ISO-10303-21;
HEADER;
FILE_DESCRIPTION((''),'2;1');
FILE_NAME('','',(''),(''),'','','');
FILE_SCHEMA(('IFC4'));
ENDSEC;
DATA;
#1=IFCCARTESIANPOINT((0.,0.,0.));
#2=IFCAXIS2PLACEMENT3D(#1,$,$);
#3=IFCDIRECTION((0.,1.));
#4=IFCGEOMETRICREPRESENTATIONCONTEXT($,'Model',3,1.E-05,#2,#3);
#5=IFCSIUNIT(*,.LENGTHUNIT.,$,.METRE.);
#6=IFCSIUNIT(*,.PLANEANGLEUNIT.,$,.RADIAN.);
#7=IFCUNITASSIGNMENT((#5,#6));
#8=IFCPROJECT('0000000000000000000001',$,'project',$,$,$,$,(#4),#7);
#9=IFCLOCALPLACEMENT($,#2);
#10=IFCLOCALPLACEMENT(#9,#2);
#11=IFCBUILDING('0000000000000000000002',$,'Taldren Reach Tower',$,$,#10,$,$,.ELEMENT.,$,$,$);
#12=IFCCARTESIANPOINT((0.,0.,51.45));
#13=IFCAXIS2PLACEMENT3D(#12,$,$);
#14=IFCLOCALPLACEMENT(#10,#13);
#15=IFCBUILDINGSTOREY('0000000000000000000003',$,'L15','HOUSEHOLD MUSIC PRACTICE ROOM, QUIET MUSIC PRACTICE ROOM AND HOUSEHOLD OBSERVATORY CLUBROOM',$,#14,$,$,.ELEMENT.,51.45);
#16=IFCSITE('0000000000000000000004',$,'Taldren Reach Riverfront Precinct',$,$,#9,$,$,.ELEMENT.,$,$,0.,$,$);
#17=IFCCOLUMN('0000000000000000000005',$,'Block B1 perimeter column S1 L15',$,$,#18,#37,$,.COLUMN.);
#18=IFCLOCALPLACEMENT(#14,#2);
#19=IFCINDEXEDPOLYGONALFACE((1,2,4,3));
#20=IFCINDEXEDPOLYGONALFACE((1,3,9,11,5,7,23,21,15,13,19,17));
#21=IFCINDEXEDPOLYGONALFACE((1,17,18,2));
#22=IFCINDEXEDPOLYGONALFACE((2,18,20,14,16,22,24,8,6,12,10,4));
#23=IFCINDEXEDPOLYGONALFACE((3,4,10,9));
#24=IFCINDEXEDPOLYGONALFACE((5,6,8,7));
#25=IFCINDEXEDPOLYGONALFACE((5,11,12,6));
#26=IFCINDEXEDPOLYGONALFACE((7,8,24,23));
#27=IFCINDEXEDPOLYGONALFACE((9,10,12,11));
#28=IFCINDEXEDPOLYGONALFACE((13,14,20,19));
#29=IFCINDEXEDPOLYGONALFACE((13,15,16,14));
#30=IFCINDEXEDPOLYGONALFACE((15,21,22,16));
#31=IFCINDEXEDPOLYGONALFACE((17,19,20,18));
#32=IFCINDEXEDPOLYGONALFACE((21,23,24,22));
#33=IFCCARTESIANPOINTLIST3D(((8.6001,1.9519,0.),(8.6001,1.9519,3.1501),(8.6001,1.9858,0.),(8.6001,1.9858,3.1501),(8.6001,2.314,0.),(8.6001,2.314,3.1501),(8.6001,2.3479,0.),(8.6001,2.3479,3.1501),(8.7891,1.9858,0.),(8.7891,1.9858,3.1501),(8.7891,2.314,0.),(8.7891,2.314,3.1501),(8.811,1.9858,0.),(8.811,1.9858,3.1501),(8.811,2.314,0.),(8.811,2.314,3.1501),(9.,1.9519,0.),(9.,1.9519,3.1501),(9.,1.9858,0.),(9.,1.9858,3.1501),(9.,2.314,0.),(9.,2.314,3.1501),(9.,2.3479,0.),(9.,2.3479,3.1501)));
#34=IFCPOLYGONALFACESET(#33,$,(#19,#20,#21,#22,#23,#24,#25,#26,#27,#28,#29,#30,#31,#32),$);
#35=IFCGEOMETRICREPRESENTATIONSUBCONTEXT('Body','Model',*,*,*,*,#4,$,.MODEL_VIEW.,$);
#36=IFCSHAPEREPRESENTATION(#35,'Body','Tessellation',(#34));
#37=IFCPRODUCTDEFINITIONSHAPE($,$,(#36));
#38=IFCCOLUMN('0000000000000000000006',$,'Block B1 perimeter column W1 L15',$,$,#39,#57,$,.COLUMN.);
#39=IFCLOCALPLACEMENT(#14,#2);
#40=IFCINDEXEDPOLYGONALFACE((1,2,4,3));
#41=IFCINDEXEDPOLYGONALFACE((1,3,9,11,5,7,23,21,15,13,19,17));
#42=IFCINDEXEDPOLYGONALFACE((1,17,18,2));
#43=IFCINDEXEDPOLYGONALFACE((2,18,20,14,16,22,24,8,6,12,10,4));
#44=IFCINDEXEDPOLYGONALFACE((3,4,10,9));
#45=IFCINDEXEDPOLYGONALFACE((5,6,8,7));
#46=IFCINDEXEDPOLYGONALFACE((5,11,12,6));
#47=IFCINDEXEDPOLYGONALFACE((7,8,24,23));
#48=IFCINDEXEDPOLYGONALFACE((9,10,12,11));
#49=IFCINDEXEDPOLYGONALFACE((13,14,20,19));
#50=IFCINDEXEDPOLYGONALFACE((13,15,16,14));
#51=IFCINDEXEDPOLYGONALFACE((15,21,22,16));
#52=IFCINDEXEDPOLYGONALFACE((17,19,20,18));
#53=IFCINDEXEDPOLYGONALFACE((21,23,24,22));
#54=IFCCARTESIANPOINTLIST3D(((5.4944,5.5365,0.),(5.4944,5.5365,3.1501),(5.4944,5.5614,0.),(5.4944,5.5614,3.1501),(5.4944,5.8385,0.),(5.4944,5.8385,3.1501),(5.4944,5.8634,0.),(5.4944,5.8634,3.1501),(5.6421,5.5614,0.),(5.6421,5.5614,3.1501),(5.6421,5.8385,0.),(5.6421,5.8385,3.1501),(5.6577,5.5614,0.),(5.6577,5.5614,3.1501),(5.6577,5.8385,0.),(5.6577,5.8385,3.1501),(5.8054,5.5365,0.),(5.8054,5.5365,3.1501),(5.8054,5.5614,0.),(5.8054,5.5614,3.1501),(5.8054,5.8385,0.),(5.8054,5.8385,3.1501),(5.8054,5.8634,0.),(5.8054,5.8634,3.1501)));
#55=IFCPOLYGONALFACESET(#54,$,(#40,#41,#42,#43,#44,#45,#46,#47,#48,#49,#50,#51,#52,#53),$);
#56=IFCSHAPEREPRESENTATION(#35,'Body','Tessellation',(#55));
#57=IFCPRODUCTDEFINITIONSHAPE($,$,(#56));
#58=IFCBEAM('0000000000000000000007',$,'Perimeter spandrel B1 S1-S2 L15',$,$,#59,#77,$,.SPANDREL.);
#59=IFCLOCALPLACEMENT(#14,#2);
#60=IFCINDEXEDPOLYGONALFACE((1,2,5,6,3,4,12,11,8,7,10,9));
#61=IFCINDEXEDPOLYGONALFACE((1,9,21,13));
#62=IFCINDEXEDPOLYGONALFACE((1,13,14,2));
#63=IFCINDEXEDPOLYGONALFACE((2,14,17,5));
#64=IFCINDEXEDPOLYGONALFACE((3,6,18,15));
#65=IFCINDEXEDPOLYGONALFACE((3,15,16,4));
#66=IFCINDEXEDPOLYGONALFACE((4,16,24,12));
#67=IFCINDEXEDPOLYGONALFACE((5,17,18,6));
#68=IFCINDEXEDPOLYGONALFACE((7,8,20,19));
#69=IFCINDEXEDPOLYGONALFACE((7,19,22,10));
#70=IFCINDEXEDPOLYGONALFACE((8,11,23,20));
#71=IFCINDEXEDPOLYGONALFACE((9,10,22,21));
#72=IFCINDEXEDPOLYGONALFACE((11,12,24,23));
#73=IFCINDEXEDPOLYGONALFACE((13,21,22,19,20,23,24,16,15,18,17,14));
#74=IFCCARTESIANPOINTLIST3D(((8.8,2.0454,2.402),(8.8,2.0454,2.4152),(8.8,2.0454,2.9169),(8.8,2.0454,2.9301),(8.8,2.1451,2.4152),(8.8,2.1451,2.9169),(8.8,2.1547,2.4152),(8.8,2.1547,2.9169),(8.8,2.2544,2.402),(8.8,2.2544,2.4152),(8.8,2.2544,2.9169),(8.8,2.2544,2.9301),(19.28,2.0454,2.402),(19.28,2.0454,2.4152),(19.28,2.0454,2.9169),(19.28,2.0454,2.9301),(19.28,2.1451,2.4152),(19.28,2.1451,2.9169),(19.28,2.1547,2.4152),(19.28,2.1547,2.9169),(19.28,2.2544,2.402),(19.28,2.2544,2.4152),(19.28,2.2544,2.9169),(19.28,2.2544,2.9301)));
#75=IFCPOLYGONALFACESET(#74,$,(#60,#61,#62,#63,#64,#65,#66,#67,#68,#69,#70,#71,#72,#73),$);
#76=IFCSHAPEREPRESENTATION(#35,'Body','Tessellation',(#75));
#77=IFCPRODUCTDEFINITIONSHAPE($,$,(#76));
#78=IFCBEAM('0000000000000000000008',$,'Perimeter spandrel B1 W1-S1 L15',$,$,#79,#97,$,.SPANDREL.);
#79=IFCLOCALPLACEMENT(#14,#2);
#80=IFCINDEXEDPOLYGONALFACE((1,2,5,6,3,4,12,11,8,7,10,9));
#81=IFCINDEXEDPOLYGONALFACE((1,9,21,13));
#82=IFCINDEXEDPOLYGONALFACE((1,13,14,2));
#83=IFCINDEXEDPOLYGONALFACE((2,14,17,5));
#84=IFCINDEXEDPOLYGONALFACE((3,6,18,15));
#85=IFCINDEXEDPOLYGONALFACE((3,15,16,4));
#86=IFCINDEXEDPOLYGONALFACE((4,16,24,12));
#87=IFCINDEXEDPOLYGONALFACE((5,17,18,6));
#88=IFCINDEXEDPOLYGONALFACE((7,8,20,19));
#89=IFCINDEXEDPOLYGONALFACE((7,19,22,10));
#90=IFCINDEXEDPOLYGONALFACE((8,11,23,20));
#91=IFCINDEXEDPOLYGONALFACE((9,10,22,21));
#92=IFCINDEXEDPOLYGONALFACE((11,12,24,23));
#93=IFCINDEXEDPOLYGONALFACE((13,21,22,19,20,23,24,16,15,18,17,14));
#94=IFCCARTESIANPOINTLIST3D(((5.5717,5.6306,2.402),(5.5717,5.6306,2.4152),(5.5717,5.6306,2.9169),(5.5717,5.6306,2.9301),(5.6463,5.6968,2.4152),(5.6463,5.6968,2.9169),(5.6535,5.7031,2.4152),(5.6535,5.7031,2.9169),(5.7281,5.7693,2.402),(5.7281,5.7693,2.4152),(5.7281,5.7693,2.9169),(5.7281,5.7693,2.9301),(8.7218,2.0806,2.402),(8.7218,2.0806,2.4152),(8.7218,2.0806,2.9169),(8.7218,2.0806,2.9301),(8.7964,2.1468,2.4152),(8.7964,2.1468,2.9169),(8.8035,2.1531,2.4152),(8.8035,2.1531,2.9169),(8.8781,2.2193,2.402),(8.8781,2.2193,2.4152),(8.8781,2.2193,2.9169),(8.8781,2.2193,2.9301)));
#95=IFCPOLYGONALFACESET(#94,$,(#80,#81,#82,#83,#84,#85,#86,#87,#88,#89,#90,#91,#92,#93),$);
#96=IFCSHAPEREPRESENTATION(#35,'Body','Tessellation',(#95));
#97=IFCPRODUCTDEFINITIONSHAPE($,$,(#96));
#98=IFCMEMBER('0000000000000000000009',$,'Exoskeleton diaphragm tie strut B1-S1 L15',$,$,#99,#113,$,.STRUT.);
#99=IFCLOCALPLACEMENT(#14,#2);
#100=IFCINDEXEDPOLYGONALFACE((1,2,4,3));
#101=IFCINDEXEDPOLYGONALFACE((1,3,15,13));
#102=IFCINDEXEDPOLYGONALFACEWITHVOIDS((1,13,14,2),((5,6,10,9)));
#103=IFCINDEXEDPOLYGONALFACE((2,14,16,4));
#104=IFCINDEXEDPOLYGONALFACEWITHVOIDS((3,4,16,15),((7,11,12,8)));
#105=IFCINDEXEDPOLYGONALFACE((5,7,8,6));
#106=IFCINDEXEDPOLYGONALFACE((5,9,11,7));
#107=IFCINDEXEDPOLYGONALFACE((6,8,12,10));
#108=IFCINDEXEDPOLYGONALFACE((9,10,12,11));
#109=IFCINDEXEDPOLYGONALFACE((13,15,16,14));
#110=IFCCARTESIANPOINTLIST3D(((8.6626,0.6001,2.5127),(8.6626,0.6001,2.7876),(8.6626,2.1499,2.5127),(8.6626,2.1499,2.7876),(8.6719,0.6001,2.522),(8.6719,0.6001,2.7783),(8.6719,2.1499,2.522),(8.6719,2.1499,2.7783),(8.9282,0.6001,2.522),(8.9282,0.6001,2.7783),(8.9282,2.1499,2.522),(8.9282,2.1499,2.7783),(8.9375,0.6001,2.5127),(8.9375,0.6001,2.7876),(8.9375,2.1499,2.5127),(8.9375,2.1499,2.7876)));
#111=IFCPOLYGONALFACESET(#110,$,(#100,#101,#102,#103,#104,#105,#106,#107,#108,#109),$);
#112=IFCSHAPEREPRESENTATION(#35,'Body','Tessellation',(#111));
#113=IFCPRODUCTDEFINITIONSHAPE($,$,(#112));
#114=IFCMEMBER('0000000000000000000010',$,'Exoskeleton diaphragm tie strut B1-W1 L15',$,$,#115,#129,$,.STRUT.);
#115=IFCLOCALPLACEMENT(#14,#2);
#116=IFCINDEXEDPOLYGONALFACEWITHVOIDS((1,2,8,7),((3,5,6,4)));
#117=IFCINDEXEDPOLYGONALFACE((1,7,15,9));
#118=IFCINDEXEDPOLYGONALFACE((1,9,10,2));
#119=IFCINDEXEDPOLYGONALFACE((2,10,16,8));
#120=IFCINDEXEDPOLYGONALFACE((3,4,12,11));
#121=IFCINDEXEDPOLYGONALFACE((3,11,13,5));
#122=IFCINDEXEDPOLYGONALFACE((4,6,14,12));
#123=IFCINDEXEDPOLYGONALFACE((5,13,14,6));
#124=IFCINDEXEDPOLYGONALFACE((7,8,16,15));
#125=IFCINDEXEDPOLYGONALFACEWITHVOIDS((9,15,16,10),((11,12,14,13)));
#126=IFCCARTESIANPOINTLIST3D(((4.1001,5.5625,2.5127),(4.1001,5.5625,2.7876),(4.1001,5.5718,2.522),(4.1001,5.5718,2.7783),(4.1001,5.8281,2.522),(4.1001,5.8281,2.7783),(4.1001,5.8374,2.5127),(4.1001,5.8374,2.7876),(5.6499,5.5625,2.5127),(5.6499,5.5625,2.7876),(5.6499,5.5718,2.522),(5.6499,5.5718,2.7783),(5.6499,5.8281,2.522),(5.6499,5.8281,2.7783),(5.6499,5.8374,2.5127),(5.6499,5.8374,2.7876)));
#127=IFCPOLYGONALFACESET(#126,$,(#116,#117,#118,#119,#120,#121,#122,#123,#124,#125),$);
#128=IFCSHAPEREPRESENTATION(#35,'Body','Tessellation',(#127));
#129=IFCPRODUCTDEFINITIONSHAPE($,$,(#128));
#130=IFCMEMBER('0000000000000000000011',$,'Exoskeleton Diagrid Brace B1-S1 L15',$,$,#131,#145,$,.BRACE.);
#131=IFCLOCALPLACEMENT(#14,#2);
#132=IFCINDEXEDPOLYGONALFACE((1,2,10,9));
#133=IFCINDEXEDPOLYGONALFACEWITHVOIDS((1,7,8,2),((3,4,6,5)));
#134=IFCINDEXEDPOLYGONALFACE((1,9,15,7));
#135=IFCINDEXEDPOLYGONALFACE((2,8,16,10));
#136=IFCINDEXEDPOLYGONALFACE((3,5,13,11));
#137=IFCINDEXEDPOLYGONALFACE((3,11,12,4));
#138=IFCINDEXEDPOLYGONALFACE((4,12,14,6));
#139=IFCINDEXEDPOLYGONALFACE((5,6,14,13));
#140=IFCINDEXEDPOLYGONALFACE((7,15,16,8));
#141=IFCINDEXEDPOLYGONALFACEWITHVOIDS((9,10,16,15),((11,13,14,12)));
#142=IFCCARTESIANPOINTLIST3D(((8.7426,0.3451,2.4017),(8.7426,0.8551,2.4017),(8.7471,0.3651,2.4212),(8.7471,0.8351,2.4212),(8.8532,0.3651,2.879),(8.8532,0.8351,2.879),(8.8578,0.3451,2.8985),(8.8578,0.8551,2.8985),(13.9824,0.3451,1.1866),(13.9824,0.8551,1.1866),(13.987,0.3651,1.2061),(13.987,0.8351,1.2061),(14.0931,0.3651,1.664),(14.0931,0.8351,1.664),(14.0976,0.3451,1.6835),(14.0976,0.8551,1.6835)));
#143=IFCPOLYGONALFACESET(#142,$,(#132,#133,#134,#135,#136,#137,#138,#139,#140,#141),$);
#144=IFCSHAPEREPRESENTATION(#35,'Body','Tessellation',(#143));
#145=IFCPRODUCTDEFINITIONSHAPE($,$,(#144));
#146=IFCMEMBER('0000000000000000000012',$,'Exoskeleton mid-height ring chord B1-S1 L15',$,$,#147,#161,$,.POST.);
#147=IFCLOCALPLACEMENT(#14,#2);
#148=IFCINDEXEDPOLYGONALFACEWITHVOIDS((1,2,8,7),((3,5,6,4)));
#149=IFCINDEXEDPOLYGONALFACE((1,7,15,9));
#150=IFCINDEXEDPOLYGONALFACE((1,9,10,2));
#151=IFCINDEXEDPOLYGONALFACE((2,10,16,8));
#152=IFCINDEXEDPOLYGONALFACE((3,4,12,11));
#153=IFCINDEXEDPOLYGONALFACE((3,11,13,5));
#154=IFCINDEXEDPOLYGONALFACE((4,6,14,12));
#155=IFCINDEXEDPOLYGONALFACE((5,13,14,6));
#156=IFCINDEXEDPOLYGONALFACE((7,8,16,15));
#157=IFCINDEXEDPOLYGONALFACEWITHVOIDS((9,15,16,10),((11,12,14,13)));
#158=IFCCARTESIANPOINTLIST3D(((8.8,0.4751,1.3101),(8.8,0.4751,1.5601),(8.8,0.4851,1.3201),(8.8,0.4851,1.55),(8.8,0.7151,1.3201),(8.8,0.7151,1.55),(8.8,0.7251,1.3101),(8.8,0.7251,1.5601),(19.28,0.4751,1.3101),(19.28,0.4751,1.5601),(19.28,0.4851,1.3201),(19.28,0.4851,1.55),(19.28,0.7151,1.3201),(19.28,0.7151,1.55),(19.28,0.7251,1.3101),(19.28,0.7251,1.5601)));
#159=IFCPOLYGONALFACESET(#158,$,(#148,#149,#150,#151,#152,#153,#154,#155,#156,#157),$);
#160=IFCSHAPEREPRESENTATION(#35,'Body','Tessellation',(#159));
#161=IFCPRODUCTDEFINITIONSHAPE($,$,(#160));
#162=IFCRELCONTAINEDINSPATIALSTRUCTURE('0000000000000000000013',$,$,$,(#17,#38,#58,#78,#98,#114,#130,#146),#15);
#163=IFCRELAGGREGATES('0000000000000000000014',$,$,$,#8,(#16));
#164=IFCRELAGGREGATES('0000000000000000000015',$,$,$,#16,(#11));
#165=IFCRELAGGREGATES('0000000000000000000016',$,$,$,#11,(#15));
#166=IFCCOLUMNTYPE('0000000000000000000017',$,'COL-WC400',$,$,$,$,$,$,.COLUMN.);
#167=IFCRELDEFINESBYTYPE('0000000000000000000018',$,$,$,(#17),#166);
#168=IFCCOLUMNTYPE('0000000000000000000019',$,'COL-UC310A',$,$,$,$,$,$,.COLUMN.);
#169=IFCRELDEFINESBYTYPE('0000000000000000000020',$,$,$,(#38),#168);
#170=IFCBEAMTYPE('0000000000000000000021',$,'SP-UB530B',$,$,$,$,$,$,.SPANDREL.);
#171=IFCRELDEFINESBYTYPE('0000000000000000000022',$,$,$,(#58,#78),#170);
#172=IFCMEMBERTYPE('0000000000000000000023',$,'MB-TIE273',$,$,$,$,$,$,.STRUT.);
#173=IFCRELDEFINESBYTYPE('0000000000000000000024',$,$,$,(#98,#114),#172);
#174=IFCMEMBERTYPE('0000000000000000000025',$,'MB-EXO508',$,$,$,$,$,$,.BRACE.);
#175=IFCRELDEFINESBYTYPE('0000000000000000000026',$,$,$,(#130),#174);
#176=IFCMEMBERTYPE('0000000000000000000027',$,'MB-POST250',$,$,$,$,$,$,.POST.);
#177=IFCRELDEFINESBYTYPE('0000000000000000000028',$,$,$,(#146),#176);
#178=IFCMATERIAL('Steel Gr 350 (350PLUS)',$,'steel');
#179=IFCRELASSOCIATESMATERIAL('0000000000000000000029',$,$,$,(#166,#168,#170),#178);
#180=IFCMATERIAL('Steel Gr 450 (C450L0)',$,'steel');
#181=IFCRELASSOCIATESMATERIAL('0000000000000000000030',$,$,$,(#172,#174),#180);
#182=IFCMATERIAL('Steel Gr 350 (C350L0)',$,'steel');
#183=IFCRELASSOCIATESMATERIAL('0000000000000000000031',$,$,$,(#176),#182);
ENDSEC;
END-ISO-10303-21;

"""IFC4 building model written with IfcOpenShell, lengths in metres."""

from ifc_helpers import new_model, si_unit, direction, frame, origin, origin_2d, place, context, subcontext, project, spatial, hollow_rectangle, i_section, extrude, source, transform, mapped, material, material_profile, profile_set, type_object, element, save


model = new_model("IFC4")

# Units and contexts
model_context = context("Model", 3, precision=1e-05, world=origin(), true_north=direction((0.0, 1.0)))
body_context = subcontext(model_context, "Body", "Model", "MODEL_VIEW")
ifc_project = project(units=[si_unit("LENGTHUNIT", "METRE"), si_unit("PLANEANGLEUNIT", "RADIAN")], contexts=[model_context])

# Site, building, storey
site_placement = place(None, origin())
site = spatial("IfcSite", under=ifc_project, at=site_placement, Name="Taldren Reach Riverfront Precinct", CompositionType="ELEMENT", RefElevation=0.0)
building_placement = place(site_placement, origin())
building = spatial("IfcBuilding", under=site, at=building_placement, Name="Taldren Reach Tower", CompositionType="ELEMENT")
storey_placement = place(building_placement, frame((0.0, 0.0, 51.45)))
storey = spatial("IfcBuildingStorey", under=building, at=storey_placement, Name="L15", Description="HOUSEHOLD MUSIC PRACTICE ROOM, QUIET MUSIC PRACTICE ROOM AND HOUSEHOLD OBSERVATORY CLUBROOM", CompositionType="ELEMENT", Elevation=51.45)

# Columns
ifc_material_1 = material(Name="Steel Gr 350 (350PLUS)", Category="steel")
ifc_material_profile_1 = material_profile(ifc_material_1, i_section(OverallWidth=0.3999, OverallDepth=0.396, WebThickness=0.022, FlangeThickness=0.0339, at=origin_2d()), Name="400WC270")
ifc_profile_set_1 = profile_set([ifc_material_profile_1], Name="Steel Gr 350 (350PLUS)")
column_type_1 = type_object("IfcColumnType", Name="COL-WC400", PredefinedType="COLUMN", material=ifc_profile_set_1)
shared_shape_1 = source(origin(), body_context, "Body", "SweptSolid", [
    extrude(i_section(OverallWidth=0.3999, OverallDepth=0.396, WebThickness=0.022, FlangeThickness=0.0339, at=origin_2d()), origin(), (0.0, 0.0, 1.0), 3.1501),
])
column_1_placement = place(storey_placement, frame((8.8, 2.1499, 0.0), z_axis=(0.0, 0.0, 1.0), x_axis=(1.0, 0.0, 0.0)))
element("IfcColumn", 1, at=column_1_placement, inside=storey, type_object=column_type_1, Name="Block B1 perimeter column S1 L15", PredefinedType="COLUMN", context=body_context, shape_type="MappedRepresentation", body=[
    mapped(shared_shape_1, transform((0.0, 0.0, 0.0), scale=1.0)),
])
ifc_material_profile_2 = material_profile(ifc_material_1, i_section(OverallWidth=0.311, OverallDepth=0.3269, WebThickness=0.0156, FlangeThickness=0.0249, at=origin_2d()), Name="310UC158")
ifc_profile_set_2 = profile_set([ifc_material_profile_2], Name="Steel Gr 350 (350PLUS)")
column_type_2 = type_object("IfcColumnType", Name="COL-UC310A", PredefinedType="COLUMN", material=ifc_profile_set_2)
shared_shape_2 = source(origin(), body_context, "Body", "SweptSolid", [
    extrude(i_section(OverallWidth=0.311, OverallDepth=0.3269, WebThickness=0.0156, FlangeThickness=0.0249, at=origin_2d()), origin(), (0.0, 0.0, 1.0), 3.1501),
])
column_2_placement = place(storey_placement, frame((5.6499, 5.7, 0.0), z_axis=(0.0, 0.0, 1.0), x_axis=(1.0, 0.0, 0.0)))
element("IfcColumn", 2, at=column_2_placement, inside=storey, type_object=column_type_2, Name="Block B1 perimeter column W1 L15", PredefinedType="COLUMN", context=body_context, shape_type="MappedRepresentation", body=[
    mapped(shared_shape_2, transform((0.0, 0.0, 0.0), scale=1.0)),
])

# Beams
ifc_material_profile_3 = material_profile(ifc_material_1, i_section(OverallWidth=0.209, OverallDepth=0.5281, WebThickness=0.0095, FlangeThickness=0.0132, at=origin_2d()), Name="530UB82.0")
ifc_profile_set_3 = profile_set([ifc_material_profile_3], Name="Steel Gr 350 (350PLUS)")
beam_type = type_object("IfcBeamType", Name="SP-UB530B", PredefinedType="SPANDREL", material=ifc_profile_set_3)
shared_shape_3 = source(origin(), body_context, "Body", "SweptSolid", [
    extrude(i_section(OverallWidth=0.209, OverallDepth=0.5281, WebThickness=0.0095, FlangeThickness=0.0132, at=origin_2d()), origin(), (0.0, 0.0, 1.0), 10.48),
])
beam_1_placement = place(storey_placement, frame((8.8, 2.1499, 2.666), z_axis=(1.0, 0.0, 0.0), x_axis=(0.0, 1.0, 0.0)))
element("IfcBeam", 3, at=beam_1_placement, inside=storey, type_object=beam_type, Name="Perimeter spandrel B1 S1-S2 L15", PredefinedType="SPANDREL", context=body_context, shape_type="MappedRepresentation", body=[
    mapped(shared_shape_3, transform((0.0, 0.0, 0.0), scale=1.0)),
])
shared_shape_4 = source(origin(), body_context, "Body", "SweptSolid", [
    extrude(i_section(OverallWidth=0.209, OverallDepth=0.5281, WebThickness=0.0095, FlangeThickness=0.0132, at=origin_2d()), origin(), (0.0, 0.0, 1.0), 4.7461),
])
beam_2_placement = place(storey_placement, frame((5.6499, 5.7, 2.666), z_axis=(0.663722, -0.747979, 0.0), x_axis=(0.747979, 0.663722, 0.0)))
element("IfcBeam", 4, at=beam_2_placement, inside=storey, type_object=beam_type, Name="Perimeter spandrel B1 W1-S1 L15", PredefinedType="SPANDREL", context=body_context, shape_type="MappedRepresentation", body=[
    mapped(shared_shape_4, transform((0.0, 0.0, 0.0), scale=1.0)),
])

# Members
ifc_material_2 = material(Name="Steel Gr 450 (C450L0)", Category="steel")
ifc_material_profile_4 = material_profile(ifc_material_2, hollow_rectangle(XDim=0.2749, YDim=0.2749, WallThickness=0.0093, at=origin_2d()), Name="275x275x9.3SHS")
ifc_profile_set_4 = profile_set([ifc_material_profile_4], Name="Steel Gr 450 (C450L0)")
member_type_1 = type_object("IfcMemberType", Name="MB-TIE273", PredefinedType="STRUT", material=ifc_profile_set_4)
shared_shape_5 = source(origin(), body_context, "Body", "SweptSolid", [
    extrude(hollow_rectangle(XDim=0.2749, YDim=0.2749, WallThickness=0.0093, at=origin_2d()), origin(), (0.0, 0.0, 1.0), 1.5498),
])
for number, where, z_axis, x_axis, name in (
    (5, (8.8, 2.1499, 2.6501), (0.0, -1.0, 0.0), (1.0, 0.0, 0.0), "Exoskeleton diaphragm tie strut B1-S1 L15"),
    (6, (5.6499, 5.7, 2.6501), (-1.0, 0.0, 0.0), (0.0, -1.0, 0.0), "Exoskeleton diaphragm tie strut B1-W1 L15"),
):
    element("IfcMember", number, at=place(storey_placement, frame(where, z_axis=z_axis, x_axis=x_axis)), inside=storey, type_object=member_type_1, Name=name, PredefinedType="STRUT", context=body_context, shape_type="MappedRepresentation", body=[
        mapped(shared_shape_5, transform((0.0, 0.0, 0.0), scale=1.0)),
    ])
ifc_material_profile_5 = material_profile(ifc_material_2, hollow_rectangle(XDim=0.51, YDim=0.51, WallThickness=0.02, at=origin_2d()), Name="510x510x20.0SHS")
ifc_profile_set_5 = profile_set([ifc_material_profile_5], Name="Steel Gr 450 (C450L0)")
member_type_2 = type_object("IfcMemberType", Name="MB-EXO508", PredefinedType="BRACE", material=ifc_profile_set_5)
shared_shape_6 = source(origin(), body_context, "Body", "SweptSolid", [
    extrude(hollow_rectangle(XDim=0.51, YDim=0.51, WallThickness=0.02, at=origin_2d()), origin(), (0.0, 0.0, 1.0), 5.3789),
])
member_1_placement = place(storey_placement, frame((14.04, 0.6001, 1.4351), z_axis=(-0.974152, 0.0, 0.225894), x_axis=(0.0, -1.0, 0.0)))
element("IfcMember", 7, at=member_1_placement, inside=storey, type_object=member_type_2, Name="Exoskeleton Diagrid Brace B1-S1 L15", PredefinedType="BRACE", context=body_context, shape_type="MappedRepresentation", body=[
    mapped(shared_shape_6, transform((0.0, 0.0, 0.0), scale=1.0)),
])
ifc_material_3 = material(Name="Steel Gr 350 (C350L0)", Category="steel")
ifc_material_profile_6 = material_profile(ifc_material_3, hollow_rectangle(XDim=0.25, YDim=0.25, WallThickness=0.01, at=origin_2d()), Name="250x250x10.0SHS")
ifc_profile_set_6 = profile_set([ifc_material_profile_6], Name="Steel Gr 350 (C350L0)")
member_type_3 = type_object("IfcMemberType", Name="MB-POST250", PredefinedType="POST", material=ifc_profile_set_6)
shared_shape_7 = source(origin(), body_context, "Body", "SweptSolid", [
    extrude(hollow_rectangle(XDim=0.25, YDim=0.25, WallThickness=0.01, at=origin_2d()), origin(), (0.0, 0.0, 1.0), 10.48),
])
member_2_placement = place(storey_placement, frame((8.8, 0.6001, 1.4351), z_axis=(1.0, 0.0, 0.0), x_axis=(0.0, 1.0, 0.0)))
element("IfcMember", 8, at=member_2_placement, inside=storey, type_object=member_type_3, Name="Exoskeleton mid-height ring chord B1-S1 L15", PredefinedType="POST", context=body_context, shape_type="MappedRepresentation", body=[
    mapped(shared_shape_7, transform((0.0, 0.0, 0.0), scale=1.0)),
])

save(model, "model.ifc")
